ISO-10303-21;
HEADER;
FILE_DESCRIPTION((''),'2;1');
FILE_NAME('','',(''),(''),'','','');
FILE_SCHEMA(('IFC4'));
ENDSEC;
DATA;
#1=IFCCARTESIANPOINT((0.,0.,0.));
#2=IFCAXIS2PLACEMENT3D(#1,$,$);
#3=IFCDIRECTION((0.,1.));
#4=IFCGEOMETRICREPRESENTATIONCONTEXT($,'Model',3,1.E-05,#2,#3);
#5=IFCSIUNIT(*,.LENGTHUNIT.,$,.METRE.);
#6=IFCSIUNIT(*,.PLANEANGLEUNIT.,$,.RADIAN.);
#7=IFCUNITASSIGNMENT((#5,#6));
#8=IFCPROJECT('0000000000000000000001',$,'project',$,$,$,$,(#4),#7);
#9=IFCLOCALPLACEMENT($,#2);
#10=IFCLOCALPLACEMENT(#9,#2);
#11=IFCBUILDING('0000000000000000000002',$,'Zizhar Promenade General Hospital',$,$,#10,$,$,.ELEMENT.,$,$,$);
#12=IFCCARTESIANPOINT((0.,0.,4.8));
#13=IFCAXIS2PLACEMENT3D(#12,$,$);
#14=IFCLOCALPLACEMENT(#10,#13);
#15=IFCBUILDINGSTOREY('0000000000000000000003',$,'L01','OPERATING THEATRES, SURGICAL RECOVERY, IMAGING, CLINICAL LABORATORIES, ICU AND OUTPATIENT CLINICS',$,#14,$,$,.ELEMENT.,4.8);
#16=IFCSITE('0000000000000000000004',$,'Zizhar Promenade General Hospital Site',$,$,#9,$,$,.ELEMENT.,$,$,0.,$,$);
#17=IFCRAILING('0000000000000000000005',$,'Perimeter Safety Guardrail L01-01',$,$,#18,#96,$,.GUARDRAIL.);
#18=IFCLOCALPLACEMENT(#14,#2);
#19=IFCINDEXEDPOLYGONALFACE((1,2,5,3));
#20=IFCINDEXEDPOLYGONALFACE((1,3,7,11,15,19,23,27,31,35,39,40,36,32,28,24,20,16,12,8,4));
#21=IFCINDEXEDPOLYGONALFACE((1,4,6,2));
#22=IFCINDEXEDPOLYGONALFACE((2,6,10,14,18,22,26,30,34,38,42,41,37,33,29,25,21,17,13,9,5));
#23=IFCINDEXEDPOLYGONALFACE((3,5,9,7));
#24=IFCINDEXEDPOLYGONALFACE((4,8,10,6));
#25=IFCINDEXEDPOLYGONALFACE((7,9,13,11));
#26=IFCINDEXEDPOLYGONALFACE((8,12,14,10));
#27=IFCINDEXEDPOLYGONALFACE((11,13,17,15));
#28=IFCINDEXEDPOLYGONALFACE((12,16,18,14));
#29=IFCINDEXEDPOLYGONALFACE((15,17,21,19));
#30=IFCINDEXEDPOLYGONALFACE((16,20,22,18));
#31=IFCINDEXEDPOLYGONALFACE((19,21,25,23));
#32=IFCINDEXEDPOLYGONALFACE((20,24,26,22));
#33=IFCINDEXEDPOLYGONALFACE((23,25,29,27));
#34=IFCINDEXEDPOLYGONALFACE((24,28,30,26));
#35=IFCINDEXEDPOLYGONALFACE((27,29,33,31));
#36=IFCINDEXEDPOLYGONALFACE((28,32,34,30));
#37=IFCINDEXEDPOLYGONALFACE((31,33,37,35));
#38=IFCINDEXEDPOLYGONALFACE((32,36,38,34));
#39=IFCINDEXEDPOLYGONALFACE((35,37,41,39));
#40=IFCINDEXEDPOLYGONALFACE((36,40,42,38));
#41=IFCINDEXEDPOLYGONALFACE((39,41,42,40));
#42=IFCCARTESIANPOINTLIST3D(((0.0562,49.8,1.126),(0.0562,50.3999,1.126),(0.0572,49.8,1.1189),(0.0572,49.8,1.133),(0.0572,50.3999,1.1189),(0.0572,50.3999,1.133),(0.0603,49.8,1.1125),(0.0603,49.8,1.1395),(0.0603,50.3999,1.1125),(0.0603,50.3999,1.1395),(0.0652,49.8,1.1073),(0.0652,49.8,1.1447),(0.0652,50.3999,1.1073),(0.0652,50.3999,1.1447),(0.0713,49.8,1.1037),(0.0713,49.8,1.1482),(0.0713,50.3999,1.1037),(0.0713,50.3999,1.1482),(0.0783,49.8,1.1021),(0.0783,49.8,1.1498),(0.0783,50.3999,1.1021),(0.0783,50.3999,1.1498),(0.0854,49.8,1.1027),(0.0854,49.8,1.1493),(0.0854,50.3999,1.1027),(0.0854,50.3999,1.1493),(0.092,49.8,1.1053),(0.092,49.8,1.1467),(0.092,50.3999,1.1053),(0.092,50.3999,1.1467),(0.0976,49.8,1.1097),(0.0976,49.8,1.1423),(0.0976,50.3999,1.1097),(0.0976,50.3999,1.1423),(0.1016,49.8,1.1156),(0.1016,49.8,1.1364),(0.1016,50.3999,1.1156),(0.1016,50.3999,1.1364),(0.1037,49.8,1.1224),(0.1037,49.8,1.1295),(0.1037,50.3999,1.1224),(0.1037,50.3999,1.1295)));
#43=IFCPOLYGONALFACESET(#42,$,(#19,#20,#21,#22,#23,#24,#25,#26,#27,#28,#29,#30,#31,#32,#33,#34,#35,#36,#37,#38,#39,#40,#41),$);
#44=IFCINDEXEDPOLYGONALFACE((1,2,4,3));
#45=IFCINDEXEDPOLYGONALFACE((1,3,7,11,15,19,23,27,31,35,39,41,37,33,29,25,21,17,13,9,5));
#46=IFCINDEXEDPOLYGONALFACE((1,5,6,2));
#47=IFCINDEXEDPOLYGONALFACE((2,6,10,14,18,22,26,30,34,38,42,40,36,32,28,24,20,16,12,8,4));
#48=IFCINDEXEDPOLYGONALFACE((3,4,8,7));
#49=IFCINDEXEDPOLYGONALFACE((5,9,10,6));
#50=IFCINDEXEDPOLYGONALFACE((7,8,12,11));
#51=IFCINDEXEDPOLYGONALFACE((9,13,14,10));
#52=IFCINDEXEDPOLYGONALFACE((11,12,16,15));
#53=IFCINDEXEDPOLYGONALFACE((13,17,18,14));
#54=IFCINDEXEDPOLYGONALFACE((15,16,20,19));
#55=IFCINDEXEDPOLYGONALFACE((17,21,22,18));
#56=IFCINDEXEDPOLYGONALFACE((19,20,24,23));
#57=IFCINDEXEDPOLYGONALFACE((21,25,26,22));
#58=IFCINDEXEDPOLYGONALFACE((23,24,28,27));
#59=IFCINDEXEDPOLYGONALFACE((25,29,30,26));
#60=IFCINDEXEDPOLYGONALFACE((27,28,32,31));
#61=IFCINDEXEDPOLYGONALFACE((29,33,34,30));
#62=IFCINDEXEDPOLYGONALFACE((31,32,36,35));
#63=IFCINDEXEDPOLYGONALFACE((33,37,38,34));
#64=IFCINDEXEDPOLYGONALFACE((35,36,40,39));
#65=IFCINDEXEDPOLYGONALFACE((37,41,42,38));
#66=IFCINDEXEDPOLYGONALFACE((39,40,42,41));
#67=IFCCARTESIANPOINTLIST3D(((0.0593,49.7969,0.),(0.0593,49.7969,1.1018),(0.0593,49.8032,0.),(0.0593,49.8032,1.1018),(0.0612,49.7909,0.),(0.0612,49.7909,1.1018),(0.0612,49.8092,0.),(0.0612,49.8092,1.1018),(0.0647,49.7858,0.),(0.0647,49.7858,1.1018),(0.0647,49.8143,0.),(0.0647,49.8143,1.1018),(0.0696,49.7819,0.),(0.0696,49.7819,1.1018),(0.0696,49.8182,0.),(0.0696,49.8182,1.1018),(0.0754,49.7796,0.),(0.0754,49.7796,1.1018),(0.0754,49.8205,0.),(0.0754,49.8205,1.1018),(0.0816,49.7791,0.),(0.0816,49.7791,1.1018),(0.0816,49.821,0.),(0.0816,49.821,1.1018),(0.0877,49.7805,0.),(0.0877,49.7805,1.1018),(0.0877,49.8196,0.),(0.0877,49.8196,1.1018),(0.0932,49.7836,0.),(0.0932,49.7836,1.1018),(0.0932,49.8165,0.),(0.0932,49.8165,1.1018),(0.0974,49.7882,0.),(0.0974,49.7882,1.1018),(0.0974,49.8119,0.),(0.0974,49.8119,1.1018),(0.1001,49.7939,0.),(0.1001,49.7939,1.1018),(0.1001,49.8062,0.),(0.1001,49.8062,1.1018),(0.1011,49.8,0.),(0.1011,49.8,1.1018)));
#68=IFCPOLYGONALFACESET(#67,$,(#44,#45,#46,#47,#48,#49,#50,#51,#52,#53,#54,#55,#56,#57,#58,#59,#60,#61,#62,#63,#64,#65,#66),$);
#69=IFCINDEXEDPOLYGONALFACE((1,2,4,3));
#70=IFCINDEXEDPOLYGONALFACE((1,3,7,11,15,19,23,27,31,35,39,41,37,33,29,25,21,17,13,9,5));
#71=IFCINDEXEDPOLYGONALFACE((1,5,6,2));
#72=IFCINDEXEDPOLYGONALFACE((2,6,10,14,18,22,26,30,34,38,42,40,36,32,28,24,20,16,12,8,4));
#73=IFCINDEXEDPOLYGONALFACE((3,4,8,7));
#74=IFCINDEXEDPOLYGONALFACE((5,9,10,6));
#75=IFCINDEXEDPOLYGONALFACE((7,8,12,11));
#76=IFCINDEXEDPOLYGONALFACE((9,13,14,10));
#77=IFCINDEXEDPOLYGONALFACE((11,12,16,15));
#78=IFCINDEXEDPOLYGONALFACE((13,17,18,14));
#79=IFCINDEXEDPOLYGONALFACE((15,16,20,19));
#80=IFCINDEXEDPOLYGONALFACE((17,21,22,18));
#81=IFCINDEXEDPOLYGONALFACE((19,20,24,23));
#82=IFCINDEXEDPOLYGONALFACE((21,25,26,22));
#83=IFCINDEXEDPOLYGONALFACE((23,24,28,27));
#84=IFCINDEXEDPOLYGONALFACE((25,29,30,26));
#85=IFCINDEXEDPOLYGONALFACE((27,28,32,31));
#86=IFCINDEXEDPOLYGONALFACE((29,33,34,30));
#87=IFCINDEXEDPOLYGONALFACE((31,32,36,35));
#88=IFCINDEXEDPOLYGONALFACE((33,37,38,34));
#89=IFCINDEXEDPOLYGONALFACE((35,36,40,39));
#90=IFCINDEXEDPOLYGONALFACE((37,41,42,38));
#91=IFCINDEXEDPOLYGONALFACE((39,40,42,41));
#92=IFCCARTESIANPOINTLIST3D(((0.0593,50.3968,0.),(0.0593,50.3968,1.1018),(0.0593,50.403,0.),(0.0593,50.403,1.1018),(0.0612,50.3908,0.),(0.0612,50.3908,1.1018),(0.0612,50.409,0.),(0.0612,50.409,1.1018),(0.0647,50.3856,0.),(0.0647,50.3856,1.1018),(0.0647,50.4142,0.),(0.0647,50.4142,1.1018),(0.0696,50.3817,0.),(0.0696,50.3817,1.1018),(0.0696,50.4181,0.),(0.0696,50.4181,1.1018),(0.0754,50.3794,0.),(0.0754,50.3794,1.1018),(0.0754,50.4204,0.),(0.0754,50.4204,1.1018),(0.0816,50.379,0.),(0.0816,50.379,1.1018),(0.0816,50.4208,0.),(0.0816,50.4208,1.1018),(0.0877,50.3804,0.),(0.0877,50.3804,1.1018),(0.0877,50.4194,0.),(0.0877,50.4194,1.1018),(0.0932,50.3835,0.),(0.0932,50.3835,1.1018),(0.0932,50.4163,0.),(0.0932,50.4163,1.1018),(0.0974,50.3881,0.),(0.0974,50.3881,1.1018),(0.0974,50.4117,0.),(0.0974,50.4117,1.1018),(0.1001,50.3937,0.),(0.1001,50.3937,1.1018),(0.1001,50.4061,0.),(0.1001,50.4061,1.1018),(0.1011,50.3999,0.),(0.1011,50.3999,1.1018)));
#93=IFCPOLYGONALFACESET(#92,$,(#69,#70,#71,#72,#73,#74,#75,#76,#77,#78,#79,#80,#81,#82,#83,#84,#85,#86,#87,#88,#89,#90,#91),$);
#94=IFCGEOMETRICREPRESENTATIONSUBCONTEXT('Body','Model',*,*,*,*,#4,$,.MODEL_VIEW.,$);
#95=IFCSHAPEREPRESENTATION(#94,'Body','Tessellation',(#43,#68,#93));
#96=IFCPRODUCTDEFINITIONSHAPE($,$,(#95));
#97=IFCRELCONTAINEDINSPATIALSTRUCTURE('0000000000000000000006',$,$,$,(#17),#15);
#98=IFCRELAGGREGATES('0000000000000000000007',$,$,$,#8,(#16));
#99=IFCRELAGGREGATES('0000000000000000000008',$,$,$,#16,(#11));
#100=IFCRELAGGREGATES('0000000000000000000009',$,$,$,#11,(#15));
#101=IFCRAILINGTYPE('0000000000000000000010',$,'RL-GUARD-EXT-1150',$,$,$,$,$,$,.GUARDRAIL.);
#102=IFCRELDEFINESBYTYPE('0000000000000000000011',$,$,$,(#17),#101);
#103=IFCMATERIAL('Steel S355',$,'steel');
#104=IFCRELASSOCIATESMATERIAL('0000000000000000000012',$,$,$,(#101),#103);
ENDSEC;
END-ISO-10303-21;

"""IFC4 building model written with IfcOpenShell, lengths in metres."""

from ifc_helpers import new_model, si_unit, direction, frame, origin, origin_2d, place, context, subcontext, project, spatial, hollow_rectangle, circle, extrude, material, material_profile, profile_set, type_object, element, save


model = new_model("IFC4")

# Units and contexts
model_context = context("Model", 3, precision=1e-05, world=origin(), true_north=direction((0.0, 1.0)))
body_context = subcontext(model_context, "Body", "Model", "MODEL_VIEW")
ifc_project = project(units=[si_unit("LENGTHUNIT", "METRE"), si_unit("PLANEANGLEUNIT", "RADIAN")], contexts=[model_context])

# Site, building, storey
site_placement = place(None, origin())
site = spatial("IfcSite", under=ifc_project, at=site_placement, Name="Zizhar Promenade General Hospital Site", CompositionType="ELEMENT", RefElevation=0.0)
building_placement = place(site_placement, origin())
building = spatial("IfcBuilding", under=site, at=building_placement, Name="Zizhar Promenade General Hospital", CompositionType="ELEMENT")
storey_placement = place(building_placement, frame((0.0, 0.0, 4.8)))
storey = spatial("IfcBuildingStorey", under=building, at=storey_placement, Name="L01", Description="OPERATING THEATRES, SURGICAL RECOVERY, IMAGING, CLINICAL LABORATORIES, ICU AND OUTPATIENT CLINICS", CompositionType="ELEMENT", Elevation=4.8)

# Railing
ifc_material_1 = material(Name="Steel S355", Category="steel")
ifc_material_profile_1 = material_profile(ifc_material_1, hollow_rectangle(XDim=0.0601, YDim=0.1201, WallThickness=0.0039, at=origin_2d()))
ifc_profile_set_1 = profile_set([ifc_material_profile_1], Name="Steel S355")
railing_type = type_object("IfcRailingType", Name="RL-GUARD-EXT-1150", PredefinedType="GUARDRAIL", material=ifc_profile_set_1)
railing_1_placement = place(storey_placement, frame((0.0801, 49.8, 0.0)))
element("IfcRailing", 1, at=railing_1_placement, inside=storey, type_object=railing_type, Name="Perimeter Safety Guardrail L01-01", PredefinedType="GUARDRAIL", context=body_context, shape_type="SweptSolid", body=[
    extrude(circle(Radius=0.0239, at=origin_2d()), frame((0.0, 0.0, 1.126), z_axis=(0.0, 1.0, 0.0), x_axis=(-1.0, 0.0, 0.0)), (0.0, 0.0, 1.0), 0.5999),
    extrude(circle(Radius=0.021, at=origin_2d()), origin(), (0.0, 0.0, 1.0), 1.1018),
    extrude(circle(Radius=0.021, at=origin_2d()), frame((0.0, 0.5999, 0.0)), (0.0, 0.0, 1.0), 1.1018),
])

save(model, "model.ifc")
